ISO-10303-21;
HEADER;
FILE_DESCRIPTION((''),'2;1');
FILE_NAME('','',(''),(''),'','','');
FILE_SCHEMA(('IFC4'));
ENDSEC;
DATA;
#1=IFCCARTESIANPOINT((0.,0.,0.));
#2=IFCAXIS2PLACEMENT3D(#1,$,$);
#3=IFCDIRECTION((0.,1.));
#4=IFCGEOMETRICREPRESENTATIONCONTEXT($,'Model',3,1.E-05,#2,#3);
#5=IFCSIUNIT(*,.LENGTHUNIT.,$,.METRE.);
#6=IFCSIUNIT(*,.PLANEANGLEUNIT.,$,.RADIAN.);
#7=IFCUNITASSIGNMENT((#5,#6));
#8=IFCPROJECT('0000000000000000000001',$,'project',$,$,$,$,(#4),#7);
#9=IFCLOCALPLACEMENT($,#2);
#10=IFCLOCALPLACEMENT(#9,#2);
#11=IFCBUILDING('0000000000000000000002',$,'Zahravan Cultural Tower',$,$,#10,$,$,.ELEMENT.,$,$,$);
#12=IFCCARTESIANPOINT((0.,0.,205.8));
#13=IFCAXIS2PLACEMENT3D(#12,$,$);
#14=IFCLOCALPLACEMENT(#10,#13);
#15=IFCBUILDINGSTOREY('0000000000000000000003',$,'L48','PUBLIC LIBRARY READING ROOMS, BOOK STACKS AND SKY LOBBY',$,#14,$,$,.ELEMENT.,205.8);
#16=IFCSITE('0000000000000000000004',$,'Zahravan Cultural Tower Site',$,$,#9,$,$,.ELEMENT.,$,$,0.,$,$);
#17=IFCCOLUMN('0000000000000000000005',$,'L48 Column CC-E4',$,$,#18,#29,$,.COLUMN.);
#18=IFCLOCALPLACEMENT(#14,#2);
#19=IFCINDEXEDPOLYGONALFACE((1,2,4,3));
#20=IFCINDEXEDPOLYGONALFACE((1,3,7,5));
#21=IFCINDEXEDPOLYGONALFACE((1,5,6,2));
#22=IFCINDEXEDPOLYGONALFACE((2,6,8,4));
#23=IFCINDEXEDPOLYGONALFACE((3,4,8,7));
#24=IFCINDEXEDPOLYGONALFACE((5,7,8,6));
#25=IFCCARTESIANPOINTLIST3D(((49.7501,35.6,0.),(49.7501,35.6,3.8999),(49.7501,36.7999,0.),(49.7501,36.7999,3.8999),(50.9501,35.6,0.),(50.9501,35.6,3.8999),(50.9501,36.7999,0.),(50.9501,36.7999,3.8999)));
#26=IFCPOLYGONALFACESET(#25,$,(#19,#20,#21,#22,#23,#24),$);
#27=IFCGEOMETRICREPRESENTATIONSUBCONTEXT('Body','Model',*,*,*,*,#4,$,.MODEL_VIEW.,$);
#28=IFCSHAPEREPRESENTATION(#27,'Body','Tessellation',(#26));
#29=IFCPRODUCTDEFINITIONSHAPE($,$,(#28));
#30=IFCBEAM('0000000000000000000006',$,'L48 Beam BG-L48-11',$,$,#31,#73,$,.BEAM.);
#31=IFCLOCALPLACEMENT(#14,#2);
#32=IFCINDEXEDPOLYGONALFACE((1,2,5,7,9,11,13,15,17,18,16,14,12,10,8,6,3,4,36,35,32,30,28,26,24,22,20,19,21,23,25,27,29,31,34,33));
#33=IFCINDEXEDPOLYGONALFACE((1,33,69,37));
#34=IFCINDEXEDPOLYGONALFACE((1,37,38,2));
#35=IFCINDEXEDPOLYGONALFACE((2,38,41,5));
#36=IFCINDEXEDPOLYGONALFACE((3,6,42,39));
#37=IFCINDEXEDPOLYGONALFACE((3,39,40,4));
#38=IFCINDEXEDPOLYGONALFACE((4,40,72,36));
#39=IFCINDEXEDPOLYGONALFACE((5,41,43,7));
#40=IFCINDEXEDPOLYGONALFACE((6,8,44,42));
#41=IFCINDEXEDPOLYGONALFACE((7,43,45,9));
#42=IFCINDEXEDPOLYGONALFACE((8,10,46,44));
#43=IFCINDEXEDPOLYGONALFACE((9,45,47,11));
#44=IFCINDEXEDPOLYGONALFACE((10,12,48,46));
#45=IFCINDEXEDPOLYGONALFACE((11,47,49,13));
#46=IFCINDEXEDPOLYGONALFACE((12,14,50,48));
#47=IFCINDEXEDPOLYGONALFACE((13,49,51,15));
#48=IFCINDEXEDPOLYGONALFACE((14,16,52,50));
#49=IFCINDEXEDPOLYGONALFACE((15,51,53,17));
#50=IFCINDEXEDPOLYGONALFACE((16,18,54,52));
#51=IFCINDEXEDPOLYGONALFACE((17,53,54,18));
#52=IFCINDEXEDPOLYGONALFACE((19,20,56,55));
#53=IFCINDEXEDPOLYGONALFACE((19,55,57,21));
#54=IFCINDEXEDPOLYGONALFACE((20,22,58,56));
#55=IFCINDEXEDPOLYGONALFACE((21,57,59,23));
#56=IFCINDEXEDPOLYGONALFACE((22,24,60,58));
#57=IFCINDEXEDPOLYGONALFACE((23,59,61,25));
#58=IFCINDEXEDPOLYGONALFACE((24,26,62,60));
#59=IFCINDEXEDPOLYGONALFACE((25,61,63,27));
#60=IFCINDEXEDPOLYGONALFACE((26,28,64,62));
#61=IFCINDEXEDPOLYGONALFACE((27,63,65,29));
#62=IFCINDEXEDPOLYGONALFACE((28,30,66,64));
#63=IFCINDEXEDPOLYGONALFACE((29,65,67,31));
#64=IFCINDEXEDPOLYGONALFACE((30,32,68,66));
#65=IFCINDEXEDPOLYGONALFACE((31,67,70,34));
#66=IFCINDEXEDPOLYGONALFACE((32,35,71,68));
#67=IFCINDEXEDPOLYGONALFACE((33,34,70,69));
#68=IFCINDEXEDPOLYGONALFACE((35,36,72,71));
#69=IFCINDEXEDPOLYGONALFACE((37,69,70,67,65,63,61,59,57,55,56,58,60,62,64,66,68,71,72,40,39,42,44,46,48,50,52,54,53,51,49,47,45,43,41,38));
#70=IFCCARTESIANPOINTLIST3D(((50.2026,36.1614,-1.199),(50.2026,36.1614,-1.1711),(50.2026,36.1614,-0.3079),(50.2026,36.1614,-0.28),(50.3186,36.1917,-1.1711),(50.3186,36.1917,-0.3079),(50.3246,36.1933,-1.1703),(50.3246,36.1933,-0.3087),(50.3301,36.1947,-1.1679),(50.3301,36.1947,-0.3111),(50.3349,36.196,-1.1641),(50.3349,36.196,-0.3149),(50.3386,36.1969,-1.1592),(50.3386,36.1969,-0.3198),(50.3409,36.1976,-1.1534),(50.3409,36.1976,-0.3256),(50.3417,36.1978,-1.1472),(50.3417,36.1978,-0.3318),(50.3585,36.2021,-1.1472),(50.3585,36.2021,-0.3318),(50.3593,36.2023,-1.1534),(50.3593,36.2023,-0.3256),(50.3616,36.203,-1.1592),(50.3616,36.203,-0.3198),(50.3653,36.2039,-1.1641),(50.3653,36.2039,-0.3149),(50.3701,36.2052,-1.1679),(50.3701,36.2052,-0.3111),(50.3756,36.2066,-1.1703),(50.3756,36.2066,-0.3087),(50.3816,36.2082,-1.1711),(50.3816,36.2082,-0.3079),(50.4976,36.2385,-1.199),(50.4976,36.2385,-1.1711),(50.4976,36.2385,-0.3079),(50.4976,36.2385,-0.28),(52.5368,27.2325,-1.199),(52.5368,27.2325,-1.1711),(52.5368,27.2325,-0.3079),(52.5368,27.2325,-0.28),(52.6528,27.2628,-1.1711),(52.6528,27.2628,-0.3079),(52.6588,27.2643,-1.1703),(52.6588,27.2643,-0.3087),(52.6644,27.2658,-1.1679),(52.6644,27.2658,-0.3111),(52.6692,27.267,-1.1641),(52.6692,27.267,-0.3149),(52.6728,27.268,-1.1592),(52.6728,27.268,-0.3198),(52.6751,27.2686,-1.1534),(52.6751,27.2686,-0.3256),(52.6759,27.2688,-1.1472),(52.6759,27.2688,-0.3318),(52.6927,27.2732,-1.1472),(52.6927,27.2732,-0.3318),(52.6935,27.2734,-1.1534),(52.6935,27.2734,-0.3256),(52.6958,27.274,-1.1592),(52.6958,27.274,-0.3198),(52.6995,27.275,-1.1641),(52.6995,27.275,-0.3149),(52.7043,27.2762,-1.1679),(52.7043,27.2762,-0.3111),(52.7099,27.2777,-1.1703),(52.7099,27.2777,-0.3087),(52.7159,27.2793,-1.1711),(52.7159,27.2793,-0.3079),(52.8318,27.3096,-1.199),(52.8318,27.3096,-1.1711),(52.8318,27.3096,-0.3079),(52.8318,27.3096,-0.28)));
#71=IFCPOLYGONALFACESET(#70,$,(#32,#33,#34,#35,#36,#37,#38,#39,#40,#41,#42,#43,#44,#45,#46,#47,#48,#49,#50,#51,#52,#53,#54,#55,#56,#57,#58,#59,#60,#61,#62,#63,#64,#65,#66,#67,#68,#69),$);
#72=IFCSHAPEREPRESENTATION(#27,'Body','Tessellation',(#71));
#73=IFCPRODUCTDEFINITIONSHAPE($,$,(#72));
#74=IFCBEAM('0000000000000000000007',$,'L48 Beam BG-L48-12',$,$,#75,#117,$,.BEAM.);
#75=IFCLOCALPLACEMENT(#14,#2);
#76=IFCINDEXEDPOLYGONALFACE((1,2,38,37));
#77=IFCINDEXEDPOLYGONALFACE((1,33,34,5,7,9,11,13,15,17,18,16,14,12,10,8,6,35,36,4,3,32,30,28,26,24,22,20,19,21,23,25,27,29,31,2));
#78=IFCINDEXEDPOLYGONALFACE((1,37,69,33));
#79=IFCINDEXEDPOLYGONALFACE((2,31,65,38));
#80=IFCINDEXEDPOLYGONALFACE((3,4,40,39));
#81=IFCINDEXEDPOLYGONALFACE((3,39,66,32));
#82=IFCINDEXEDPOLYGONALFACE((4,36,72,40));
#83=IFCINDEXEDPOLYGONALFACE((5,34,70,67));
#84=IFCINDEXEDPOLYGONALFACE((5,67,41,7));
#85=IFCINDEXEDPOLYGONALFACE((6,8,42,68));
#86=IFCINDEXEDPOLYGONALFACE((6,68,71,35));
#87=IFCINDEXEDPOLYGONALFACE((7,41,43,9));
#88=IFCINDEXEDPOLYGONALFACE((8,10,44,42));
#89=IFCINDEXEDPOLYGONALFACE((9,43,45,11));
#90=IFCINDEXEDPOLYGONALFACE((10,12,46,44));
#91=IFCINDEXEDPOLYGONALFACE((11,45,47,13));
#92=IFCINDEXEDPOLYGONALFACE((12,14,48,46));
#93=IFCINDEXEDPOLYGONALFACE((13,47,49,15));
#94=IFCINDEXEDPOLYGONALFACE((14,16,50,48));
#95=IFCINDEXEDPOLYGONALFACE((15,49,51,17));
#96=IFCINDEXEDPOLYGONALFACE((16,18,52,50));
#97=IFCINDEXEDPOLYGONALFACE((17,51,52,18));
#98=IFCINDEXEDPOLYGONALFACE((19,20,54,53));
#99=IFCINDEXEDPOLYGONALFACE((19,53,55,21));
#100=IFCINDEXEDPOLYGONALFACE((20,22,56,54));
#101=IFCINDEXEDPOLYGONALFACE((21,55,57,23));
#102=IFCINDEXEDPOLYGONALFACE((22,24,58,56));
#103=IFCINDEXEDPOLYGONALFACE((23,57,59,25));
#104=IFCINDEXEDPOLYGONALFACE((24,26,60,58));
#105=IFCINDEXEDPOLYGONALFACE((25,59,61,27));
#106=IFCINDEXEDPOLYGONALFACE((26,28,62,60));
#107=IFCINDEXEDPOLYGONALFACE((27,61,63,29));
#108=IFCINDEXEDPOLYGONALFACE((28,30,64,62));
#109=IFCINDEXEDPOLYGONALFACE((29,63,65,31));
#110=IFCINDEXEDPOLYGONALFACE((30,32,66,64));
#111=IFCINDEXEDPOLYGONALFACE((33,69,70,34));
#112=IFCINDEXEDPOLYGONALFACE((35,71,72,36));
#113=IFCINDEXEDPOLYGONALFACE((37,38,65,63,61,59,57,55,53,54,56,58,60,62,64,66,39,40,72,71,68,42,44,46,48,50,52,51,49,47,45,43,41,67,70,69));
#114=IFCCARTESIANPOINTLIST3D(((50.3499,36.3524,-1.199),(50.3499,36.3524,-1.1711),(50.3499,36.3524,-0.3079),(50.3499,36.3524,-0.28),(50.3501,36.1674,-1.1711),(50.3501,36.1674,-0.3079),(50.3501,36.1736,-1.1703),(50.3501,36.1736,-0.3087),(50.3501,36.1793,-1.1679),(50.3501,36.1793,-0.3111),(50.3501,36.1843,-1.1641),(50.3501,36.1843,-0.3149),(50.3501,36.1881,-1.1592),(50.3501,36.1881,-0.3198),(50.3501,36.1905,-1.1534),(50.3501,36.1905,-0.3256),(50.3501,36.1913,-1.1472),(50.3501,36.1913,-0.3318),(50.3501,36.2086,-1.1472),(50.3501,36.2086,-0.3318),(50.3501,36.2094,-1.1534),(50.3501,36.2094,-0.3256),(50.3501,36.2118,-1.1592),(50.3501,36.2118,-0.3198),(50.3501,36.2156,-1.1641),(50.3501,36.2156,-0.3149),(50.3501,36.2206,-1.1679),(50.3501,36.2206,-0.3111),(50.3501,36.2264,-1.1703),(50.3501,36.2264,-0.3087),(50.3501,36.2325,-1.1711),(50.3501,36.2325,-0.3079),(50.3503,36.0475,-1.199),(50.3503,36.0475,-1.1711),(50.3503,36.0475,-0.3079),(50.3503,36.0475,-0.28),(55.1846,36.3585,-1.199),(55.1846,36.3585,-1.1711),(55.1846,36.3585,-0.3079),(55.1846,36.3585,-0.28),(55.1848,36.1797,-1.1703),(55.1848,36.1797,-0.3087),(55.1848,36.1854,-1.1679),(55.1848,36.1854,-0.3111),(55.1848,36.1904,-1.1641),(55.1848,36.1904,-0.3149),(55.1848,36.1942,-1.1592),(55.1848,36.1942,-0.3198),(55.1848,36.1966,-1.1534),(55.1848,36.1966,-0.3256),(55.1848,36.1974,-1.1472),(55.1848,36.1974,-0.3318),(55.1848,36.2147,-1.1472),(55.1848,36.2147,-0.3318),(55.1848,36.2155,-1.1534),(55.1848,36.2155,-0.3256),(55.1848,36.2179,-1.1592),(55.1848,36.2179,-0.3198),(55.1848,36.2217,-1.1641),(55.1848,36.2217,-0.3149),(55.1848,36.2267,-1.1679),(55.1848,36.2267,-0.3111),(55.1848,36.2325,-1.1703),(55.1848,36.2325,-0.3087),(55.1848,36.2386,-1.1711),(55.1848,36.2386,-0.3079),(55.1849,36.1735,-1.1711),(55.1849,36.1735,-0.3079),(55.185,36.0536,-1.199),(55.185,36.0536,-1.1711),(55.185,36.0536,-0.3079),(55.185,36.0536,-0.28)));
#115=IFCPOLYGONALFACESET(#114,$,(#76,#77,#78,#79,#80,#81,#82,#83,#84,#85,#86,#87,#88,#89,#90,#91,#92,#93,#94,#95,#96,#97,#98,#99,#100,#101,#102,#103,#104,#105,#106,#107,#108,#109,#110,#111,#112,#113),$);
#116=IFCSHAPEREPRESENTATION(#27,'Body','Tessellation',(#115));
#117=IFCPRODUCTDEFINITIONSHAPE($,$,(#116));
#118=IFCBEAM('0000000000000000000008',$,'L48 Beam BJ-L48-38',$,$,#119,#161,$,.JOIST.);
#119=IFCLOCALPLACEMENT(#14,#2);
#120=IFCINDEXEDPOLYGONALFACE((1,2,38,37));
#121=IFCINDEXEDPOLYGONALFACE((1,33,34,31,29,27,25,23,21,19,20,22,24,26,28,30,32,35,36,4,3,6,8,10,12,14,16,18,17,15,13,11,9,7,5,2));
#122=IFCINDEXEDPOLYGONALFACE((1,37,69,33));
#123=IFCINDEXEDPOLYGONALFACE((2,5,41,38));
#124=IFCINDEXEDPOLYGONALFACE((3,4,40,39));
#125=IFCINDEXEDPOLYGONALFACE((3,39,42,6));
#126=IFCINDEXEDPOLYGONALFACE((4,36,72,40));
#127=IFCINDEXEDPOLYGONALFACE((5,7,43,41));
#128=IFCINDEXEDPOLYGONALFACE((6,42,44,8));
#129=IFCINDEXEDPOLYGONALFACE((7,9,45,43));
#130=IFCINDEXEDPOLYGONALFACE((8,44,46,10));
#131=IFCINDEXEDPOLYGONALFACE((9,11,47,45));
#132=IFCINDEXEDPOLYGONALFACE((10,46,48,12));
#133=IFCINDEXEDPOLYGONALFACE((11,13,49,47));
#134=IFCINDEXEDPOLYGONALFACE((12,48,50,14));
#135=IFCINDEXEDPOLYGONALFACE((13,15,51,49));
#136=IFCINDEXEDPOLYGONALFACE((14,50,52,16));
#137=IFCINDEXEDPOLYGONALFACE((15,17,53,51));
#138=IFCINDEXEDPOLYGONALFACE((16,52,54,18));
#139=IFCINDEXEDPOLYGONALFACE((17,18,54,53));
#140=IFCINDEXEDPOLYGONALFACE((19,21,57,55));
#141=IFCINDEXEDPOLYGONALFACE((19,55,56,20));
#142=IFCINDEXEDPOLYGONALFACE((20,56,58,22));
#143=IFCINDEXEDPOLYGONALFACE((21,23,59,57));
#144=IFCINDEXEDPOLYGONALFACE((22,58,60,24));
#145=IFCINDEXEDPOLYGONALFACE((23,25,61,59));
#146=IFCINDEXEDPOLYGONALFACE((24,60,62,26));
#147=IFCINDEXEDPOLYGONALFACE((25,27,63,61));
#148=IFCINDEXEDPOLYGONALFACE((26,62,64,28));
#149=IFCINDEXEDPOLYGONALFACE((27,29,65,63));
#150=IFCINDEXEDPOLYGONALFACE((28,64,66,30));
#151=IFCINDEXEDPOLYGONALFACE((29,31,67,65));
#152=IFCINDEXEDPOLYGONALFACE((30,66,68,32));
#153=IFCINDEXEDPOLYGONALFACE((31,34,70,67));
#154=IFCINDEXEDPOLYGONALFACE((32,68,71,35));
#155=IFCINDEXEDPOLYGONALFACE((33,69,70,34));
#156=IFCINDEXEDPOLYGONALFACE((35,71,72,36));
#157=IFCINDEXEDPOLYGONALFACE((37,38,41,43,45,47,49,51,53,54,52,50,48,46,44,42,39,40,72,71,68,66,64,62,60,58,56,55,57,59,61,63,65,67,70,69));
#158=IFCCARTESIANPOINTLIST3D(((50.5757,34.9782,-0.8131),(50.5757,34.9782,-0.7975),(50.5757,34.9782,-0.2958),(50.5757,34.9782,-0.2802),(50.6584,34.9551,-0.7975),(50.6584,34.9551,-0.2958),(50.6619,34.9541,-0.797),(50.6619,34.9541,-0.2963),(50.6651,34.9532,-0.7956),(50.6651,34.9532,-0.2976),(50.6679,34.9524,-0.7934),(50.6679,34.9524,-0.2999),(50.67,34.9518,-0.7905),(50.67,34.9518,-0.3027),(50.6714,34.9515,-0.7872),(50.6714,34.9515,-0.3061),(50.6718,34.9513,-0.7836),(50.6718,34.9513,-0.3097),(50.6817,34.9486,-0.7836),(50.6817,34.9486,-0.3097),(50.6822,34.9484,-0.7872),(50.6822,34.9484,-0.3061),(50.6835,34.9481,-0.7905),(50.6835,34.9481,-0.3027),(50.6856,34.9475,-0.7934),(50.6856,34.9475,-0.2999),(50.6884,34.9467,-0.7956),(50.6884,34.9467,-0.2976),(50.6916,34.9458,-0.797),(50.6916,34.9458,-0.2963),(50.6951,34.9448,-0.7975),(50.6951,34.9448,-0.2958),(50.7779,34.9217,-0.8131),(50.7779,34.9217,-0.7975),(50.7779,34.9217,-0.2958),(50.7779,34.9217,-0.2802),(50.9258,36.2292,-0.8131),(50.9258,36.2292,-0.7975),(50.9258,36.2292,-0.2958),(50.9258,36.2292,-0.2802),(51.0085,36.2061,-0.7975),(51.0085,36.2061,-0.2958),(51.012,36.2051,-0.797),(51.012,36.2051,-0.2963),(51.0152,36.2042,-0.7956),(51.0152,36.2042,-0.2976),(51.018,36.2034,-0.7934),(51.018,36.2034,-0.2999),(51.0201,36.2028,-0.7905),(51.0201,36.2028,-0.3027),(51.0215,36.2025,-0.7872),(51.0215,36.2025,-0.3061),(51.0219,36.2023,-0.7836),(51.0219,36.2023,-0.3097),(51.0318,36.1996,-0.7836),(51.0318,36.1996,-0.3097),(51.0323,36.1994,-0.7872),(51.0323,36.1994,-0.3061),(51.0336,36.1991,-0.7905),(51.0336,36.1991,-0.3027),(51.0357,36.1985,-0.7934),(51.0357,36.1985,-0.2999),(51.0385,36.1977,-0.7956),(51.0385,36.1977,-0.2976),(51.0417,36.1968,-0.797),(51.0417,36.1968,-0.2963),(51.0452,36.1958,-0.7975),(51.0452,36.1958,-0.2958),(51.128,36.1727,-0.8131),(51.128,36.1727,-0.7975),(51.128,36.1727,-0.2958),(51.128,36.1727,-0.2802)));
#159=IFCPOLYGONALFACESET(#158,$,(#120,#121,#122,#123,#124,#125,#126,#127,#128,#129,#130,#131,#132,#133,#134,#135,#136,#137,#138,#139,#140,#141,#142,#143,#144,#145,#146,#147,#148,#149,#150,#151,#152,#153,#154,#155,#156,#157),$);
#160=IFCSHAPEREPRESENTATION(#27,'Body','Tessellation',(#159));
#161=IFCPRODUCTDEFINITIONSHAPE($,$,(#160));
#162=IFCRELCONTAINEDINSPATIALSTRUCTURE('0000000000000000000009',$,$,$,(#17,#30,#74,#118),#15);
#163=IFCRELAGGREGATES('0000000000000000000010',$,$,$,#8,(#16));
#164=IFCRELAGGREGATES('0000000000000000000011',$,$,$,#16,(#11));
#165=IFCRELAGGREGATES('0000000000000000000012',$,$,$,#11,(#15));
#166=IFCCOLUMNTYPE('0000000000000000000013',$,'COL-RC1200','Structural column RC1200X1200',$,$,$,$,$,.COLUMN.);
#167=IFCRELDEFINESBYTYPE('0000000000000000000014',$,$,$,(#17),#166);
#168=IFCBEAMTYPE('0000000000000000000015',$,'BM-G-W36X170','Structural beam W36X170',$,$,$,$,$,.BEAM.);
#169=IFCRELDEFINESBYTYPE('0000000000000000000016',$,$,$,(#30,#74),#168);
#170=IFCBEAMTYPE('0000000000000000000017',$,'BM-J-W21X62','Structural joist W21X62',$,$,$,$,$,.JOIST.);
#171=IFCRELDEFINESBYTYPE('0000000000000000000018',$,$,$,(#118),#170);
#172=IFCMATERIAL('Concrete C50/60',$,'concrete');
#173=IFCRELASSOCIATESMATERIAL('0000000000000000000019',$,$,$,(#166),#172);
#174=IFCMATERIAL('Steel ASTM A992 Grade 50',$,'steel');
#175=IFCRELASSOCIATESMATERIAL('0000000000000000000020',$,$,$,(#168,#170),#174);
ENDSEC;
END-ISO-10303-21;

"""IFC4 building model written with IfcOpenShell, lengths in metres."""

from ifc_helpers import new_model, si_unit, direction, frame, origin, origin_2d, place, context, subcontext, project, spatial, rectangle, i_section, extrude, source, transform, mapped, material, material_profile, profile_set, type_object, element, save


model = new_model("IFC4")

# Units and contexts
model_context = context("Model", 3, precision=1e-05, world=origin(), true_north=direction((0.0, 1.0)))
body_context = subcontext(model_context, "Body", "Model", "MODEL_VIEW")
ifc_project = project(units=[si_unit("LENGTHUNIT", "METRE"), si_unit("PLANEANGLEUNIT", "RADIAN")], contexts=[model_context])

# Site, building, storey
site_placement = place(None, origin())
site = spatial("IfcSite", under=ifc_project, at=site_placement, Name="Zahravan Cultural Tower Site", CompositionType="ELEMENT", RefElevation=0.0)
building_placement = place(site_placement, origin())
building = spatial("IfcBuilding", under=site, at=building_placement, Name="Zahravan Cultural Tower", CompositionType="ELEMENT")
storey_placement = place(building_placement, frame((0.0, 0.0, 205.8)))
storey = spatial("IfcBuildingStorey", under=building, at=storey_placement, Name="L48", Description="PUBLIC LIBRARY READING ROOMS, BOOK STACKS AND SKY LOBBY", CompositionType="ELEMENT", Elevation=205.8)

# Column
ifc_material_1 = material(Name="Concrete C50/60", Category="concrete")
ifc_material_profile_1 = material_profile(ifc_material_1, rectangle(XDim=1.2, YDim=1.2, at=origin_2d()), Name="RC1200X1200")
ifc_profile_set_1 = profile_set([ifc_material_profile_1], Name="Concrete C50/60")
column_type = type_object("IfcColumnType", Name="COL-RC1200", Description="Structural column RC1200X1200", PredefinedType="COLUMN", material=ifc_profile_set_1)
shared_shape_1 = source(origin(), body_context, "Body", "SweptSolid", [
    extrude(rectangle(XDim=1.2, YDim=1.2, at=origin_2d()), origin(), (0.0, 0.0, 1.0), 3.8999),
])
column_placement = place(storey_placement, frame((50.3501, 36.2, 0.0), z_axis=(0.0, 0.0, 1.0), x_axis=(1.0, 0.0, 0.0)))
element("IfcColumn", 1, at=column_placement, inside=storey, type_object=column_type, Name="L48 Column CC-E4", PredefinedType="COLUMN", context=body_context, shape_type="MappedRepresentation", body=[
    mapped(shared_shape_1, transform((0.0, 0.0, 0.0), x_axis=(1.0, 0.0, 0.0), y_axis=(0.0, 1.0, 0.0), z_axis=(0.0, 0.0, 1.0), scale=1.0)),
])

# Beams
ifc_material_2 = material(Name="Steel ASTM A992 Grade 50", Category="steel")
ifc_material_profile_2 = material_profile(ifc_material_2, i_section(OverallWidth=0.3049, OverallDepth=0.9189, WebThickness=0.0173, FlangeThickness=0.0278, FilletRadius=0.0239, at=origin_2d()), Name="W36X170")
ifc_profile_set_2 = profile_set([ifc_material_profile_2], Name="Steel ASTM A992 Grade 50")
beam_type_1 = type_object("IfcBeamType", Name="BM-G-W36X170", Description="Structural beam W36X170", PredefinedType="BEAM", material=ifc_profile_set_2)
shared_shape_2 = source(origin(), body_context, "Body", "SweptSolid", [
    extrude(i_section(OverallWidth=0.3049, OverallDepth=0.9189, WebThickness=0.0173, FlangeThickness=0.0278, FilletRadius=0.0239, at=origin_2d()), origin(), (0.0, 0.0, 1.0), 9.229),
])
beam_1_placement = place(storey_placement, frame((50.3501, 36.2, -0.7395), z_axis=(0.252923, -0.967487, 0.0), x_axis=(0.967487, 0.252923, 0.0)))
element("IfcBeam", 2, at=beam_1_placement, inside=storey, type_object=beam_type_1, Name="L48 Beam BG-L48-11", PredefinedType="BEAM", context=body_context, shape_type="MappedRepresentation", body=[
    mapped(shared_shape_2, transform((0.0, 0.0, 0.0), x_axis=(1.0, 0.0, 0.0), y_axis=(0.0, 1.0, 0.0), z_axis=(0.0, 0.0, 1.0), scale=1.0)),
])
shared_shape_3 = source(origin(), body_context, "Body", "SweptSolid", [
    extrude(i_section(OverallWidth=0.3049, OverallDepth=0.9189, WebThickness=0.0173, FlangeThickness=0.0278, FilletRadius=0.0239, at=origin_2d()), origin(), (0.0, 0.0, 1.0), 4.8347),
])
beam_2_placement = place(storey_placement, frame((50.3501, 36.2, -0.7395), z_axis=(0.999999, 0.001262, 0.0), x_axis=(-0.001262, 0.999999, 0.0)))
element("IfcBeam", 3, at=beam_2_placement, inside=storey, type_object=beam_type_1, Name="L48 Beam BG-L48-12", PredefinedType="BEAM", context=body_context, shape_type="MappedRepresentation", body=[
    mapped(shared_shape_3, transform((0.0, 0.0, 0.0), x_axis=(1.0, 0.0, 0.0), y_axis=(0.0, 1.0, 0.0), z_axis=(0.0, 0.0, 1.0), scale=1.0)),
])
ifc_material_profile_3 = material_profile(ifc_material_2, i_section(OverallWidth=0.21, OverallDepth=0.533, WebThickness=0.0103, FlangeThickness=0.0156, FilletRadius=0.0139, at=origin_2d()), Name="W21X62")
ifc_profile_set_3 = profile_set([ifc_material_profile_3], Name="Steel ASTM A992 Grade 50")
beam_type_2 = type_object("IfcBeamType", Name="BM-J-W21X62", Description="Structural joist W21X62", PredefinedType="JOIST", material=ifc_profile_set_3)
shared_shape_4 = source(origin(), body_context, "Body", "SweptSolid", [
    extrude(i_section(OverallWidth=0.21, OverallDepth=0.533, WebThickness=0.0103, FlangeThickness=0.0156, FilletRadius=0.0139, at=origin_2d()), origin(), (0.0, 0.0, 1.0), 1.2991),
])
beam_3_placement = place(storey_placement, frame((50.6768, 34.95, -0.5466), z_axis=(0.269504, 0.962999, 0.0), x_axis=(-0.962999, 0.269504, 0.0)))
element("IfcBeam", 4, at=beam_3_placement, inside=storey, type_object=beam_type_2, Name="L48 Beam BJ-L48-38", PredefinedType="JOIST", context=body_context, shape_type="MappedRepresentation", body=[
    mapped(shared_shape_4, transform((0.0, 0.0, 0.0), x_axis=(1.0, 0.0, 0.0), y_axis=(0.0, 1.0, 0.0), z_axis=(0.0, 0.0, 1.0), scale=1.0)),
])

save(model, "model.ifc")
